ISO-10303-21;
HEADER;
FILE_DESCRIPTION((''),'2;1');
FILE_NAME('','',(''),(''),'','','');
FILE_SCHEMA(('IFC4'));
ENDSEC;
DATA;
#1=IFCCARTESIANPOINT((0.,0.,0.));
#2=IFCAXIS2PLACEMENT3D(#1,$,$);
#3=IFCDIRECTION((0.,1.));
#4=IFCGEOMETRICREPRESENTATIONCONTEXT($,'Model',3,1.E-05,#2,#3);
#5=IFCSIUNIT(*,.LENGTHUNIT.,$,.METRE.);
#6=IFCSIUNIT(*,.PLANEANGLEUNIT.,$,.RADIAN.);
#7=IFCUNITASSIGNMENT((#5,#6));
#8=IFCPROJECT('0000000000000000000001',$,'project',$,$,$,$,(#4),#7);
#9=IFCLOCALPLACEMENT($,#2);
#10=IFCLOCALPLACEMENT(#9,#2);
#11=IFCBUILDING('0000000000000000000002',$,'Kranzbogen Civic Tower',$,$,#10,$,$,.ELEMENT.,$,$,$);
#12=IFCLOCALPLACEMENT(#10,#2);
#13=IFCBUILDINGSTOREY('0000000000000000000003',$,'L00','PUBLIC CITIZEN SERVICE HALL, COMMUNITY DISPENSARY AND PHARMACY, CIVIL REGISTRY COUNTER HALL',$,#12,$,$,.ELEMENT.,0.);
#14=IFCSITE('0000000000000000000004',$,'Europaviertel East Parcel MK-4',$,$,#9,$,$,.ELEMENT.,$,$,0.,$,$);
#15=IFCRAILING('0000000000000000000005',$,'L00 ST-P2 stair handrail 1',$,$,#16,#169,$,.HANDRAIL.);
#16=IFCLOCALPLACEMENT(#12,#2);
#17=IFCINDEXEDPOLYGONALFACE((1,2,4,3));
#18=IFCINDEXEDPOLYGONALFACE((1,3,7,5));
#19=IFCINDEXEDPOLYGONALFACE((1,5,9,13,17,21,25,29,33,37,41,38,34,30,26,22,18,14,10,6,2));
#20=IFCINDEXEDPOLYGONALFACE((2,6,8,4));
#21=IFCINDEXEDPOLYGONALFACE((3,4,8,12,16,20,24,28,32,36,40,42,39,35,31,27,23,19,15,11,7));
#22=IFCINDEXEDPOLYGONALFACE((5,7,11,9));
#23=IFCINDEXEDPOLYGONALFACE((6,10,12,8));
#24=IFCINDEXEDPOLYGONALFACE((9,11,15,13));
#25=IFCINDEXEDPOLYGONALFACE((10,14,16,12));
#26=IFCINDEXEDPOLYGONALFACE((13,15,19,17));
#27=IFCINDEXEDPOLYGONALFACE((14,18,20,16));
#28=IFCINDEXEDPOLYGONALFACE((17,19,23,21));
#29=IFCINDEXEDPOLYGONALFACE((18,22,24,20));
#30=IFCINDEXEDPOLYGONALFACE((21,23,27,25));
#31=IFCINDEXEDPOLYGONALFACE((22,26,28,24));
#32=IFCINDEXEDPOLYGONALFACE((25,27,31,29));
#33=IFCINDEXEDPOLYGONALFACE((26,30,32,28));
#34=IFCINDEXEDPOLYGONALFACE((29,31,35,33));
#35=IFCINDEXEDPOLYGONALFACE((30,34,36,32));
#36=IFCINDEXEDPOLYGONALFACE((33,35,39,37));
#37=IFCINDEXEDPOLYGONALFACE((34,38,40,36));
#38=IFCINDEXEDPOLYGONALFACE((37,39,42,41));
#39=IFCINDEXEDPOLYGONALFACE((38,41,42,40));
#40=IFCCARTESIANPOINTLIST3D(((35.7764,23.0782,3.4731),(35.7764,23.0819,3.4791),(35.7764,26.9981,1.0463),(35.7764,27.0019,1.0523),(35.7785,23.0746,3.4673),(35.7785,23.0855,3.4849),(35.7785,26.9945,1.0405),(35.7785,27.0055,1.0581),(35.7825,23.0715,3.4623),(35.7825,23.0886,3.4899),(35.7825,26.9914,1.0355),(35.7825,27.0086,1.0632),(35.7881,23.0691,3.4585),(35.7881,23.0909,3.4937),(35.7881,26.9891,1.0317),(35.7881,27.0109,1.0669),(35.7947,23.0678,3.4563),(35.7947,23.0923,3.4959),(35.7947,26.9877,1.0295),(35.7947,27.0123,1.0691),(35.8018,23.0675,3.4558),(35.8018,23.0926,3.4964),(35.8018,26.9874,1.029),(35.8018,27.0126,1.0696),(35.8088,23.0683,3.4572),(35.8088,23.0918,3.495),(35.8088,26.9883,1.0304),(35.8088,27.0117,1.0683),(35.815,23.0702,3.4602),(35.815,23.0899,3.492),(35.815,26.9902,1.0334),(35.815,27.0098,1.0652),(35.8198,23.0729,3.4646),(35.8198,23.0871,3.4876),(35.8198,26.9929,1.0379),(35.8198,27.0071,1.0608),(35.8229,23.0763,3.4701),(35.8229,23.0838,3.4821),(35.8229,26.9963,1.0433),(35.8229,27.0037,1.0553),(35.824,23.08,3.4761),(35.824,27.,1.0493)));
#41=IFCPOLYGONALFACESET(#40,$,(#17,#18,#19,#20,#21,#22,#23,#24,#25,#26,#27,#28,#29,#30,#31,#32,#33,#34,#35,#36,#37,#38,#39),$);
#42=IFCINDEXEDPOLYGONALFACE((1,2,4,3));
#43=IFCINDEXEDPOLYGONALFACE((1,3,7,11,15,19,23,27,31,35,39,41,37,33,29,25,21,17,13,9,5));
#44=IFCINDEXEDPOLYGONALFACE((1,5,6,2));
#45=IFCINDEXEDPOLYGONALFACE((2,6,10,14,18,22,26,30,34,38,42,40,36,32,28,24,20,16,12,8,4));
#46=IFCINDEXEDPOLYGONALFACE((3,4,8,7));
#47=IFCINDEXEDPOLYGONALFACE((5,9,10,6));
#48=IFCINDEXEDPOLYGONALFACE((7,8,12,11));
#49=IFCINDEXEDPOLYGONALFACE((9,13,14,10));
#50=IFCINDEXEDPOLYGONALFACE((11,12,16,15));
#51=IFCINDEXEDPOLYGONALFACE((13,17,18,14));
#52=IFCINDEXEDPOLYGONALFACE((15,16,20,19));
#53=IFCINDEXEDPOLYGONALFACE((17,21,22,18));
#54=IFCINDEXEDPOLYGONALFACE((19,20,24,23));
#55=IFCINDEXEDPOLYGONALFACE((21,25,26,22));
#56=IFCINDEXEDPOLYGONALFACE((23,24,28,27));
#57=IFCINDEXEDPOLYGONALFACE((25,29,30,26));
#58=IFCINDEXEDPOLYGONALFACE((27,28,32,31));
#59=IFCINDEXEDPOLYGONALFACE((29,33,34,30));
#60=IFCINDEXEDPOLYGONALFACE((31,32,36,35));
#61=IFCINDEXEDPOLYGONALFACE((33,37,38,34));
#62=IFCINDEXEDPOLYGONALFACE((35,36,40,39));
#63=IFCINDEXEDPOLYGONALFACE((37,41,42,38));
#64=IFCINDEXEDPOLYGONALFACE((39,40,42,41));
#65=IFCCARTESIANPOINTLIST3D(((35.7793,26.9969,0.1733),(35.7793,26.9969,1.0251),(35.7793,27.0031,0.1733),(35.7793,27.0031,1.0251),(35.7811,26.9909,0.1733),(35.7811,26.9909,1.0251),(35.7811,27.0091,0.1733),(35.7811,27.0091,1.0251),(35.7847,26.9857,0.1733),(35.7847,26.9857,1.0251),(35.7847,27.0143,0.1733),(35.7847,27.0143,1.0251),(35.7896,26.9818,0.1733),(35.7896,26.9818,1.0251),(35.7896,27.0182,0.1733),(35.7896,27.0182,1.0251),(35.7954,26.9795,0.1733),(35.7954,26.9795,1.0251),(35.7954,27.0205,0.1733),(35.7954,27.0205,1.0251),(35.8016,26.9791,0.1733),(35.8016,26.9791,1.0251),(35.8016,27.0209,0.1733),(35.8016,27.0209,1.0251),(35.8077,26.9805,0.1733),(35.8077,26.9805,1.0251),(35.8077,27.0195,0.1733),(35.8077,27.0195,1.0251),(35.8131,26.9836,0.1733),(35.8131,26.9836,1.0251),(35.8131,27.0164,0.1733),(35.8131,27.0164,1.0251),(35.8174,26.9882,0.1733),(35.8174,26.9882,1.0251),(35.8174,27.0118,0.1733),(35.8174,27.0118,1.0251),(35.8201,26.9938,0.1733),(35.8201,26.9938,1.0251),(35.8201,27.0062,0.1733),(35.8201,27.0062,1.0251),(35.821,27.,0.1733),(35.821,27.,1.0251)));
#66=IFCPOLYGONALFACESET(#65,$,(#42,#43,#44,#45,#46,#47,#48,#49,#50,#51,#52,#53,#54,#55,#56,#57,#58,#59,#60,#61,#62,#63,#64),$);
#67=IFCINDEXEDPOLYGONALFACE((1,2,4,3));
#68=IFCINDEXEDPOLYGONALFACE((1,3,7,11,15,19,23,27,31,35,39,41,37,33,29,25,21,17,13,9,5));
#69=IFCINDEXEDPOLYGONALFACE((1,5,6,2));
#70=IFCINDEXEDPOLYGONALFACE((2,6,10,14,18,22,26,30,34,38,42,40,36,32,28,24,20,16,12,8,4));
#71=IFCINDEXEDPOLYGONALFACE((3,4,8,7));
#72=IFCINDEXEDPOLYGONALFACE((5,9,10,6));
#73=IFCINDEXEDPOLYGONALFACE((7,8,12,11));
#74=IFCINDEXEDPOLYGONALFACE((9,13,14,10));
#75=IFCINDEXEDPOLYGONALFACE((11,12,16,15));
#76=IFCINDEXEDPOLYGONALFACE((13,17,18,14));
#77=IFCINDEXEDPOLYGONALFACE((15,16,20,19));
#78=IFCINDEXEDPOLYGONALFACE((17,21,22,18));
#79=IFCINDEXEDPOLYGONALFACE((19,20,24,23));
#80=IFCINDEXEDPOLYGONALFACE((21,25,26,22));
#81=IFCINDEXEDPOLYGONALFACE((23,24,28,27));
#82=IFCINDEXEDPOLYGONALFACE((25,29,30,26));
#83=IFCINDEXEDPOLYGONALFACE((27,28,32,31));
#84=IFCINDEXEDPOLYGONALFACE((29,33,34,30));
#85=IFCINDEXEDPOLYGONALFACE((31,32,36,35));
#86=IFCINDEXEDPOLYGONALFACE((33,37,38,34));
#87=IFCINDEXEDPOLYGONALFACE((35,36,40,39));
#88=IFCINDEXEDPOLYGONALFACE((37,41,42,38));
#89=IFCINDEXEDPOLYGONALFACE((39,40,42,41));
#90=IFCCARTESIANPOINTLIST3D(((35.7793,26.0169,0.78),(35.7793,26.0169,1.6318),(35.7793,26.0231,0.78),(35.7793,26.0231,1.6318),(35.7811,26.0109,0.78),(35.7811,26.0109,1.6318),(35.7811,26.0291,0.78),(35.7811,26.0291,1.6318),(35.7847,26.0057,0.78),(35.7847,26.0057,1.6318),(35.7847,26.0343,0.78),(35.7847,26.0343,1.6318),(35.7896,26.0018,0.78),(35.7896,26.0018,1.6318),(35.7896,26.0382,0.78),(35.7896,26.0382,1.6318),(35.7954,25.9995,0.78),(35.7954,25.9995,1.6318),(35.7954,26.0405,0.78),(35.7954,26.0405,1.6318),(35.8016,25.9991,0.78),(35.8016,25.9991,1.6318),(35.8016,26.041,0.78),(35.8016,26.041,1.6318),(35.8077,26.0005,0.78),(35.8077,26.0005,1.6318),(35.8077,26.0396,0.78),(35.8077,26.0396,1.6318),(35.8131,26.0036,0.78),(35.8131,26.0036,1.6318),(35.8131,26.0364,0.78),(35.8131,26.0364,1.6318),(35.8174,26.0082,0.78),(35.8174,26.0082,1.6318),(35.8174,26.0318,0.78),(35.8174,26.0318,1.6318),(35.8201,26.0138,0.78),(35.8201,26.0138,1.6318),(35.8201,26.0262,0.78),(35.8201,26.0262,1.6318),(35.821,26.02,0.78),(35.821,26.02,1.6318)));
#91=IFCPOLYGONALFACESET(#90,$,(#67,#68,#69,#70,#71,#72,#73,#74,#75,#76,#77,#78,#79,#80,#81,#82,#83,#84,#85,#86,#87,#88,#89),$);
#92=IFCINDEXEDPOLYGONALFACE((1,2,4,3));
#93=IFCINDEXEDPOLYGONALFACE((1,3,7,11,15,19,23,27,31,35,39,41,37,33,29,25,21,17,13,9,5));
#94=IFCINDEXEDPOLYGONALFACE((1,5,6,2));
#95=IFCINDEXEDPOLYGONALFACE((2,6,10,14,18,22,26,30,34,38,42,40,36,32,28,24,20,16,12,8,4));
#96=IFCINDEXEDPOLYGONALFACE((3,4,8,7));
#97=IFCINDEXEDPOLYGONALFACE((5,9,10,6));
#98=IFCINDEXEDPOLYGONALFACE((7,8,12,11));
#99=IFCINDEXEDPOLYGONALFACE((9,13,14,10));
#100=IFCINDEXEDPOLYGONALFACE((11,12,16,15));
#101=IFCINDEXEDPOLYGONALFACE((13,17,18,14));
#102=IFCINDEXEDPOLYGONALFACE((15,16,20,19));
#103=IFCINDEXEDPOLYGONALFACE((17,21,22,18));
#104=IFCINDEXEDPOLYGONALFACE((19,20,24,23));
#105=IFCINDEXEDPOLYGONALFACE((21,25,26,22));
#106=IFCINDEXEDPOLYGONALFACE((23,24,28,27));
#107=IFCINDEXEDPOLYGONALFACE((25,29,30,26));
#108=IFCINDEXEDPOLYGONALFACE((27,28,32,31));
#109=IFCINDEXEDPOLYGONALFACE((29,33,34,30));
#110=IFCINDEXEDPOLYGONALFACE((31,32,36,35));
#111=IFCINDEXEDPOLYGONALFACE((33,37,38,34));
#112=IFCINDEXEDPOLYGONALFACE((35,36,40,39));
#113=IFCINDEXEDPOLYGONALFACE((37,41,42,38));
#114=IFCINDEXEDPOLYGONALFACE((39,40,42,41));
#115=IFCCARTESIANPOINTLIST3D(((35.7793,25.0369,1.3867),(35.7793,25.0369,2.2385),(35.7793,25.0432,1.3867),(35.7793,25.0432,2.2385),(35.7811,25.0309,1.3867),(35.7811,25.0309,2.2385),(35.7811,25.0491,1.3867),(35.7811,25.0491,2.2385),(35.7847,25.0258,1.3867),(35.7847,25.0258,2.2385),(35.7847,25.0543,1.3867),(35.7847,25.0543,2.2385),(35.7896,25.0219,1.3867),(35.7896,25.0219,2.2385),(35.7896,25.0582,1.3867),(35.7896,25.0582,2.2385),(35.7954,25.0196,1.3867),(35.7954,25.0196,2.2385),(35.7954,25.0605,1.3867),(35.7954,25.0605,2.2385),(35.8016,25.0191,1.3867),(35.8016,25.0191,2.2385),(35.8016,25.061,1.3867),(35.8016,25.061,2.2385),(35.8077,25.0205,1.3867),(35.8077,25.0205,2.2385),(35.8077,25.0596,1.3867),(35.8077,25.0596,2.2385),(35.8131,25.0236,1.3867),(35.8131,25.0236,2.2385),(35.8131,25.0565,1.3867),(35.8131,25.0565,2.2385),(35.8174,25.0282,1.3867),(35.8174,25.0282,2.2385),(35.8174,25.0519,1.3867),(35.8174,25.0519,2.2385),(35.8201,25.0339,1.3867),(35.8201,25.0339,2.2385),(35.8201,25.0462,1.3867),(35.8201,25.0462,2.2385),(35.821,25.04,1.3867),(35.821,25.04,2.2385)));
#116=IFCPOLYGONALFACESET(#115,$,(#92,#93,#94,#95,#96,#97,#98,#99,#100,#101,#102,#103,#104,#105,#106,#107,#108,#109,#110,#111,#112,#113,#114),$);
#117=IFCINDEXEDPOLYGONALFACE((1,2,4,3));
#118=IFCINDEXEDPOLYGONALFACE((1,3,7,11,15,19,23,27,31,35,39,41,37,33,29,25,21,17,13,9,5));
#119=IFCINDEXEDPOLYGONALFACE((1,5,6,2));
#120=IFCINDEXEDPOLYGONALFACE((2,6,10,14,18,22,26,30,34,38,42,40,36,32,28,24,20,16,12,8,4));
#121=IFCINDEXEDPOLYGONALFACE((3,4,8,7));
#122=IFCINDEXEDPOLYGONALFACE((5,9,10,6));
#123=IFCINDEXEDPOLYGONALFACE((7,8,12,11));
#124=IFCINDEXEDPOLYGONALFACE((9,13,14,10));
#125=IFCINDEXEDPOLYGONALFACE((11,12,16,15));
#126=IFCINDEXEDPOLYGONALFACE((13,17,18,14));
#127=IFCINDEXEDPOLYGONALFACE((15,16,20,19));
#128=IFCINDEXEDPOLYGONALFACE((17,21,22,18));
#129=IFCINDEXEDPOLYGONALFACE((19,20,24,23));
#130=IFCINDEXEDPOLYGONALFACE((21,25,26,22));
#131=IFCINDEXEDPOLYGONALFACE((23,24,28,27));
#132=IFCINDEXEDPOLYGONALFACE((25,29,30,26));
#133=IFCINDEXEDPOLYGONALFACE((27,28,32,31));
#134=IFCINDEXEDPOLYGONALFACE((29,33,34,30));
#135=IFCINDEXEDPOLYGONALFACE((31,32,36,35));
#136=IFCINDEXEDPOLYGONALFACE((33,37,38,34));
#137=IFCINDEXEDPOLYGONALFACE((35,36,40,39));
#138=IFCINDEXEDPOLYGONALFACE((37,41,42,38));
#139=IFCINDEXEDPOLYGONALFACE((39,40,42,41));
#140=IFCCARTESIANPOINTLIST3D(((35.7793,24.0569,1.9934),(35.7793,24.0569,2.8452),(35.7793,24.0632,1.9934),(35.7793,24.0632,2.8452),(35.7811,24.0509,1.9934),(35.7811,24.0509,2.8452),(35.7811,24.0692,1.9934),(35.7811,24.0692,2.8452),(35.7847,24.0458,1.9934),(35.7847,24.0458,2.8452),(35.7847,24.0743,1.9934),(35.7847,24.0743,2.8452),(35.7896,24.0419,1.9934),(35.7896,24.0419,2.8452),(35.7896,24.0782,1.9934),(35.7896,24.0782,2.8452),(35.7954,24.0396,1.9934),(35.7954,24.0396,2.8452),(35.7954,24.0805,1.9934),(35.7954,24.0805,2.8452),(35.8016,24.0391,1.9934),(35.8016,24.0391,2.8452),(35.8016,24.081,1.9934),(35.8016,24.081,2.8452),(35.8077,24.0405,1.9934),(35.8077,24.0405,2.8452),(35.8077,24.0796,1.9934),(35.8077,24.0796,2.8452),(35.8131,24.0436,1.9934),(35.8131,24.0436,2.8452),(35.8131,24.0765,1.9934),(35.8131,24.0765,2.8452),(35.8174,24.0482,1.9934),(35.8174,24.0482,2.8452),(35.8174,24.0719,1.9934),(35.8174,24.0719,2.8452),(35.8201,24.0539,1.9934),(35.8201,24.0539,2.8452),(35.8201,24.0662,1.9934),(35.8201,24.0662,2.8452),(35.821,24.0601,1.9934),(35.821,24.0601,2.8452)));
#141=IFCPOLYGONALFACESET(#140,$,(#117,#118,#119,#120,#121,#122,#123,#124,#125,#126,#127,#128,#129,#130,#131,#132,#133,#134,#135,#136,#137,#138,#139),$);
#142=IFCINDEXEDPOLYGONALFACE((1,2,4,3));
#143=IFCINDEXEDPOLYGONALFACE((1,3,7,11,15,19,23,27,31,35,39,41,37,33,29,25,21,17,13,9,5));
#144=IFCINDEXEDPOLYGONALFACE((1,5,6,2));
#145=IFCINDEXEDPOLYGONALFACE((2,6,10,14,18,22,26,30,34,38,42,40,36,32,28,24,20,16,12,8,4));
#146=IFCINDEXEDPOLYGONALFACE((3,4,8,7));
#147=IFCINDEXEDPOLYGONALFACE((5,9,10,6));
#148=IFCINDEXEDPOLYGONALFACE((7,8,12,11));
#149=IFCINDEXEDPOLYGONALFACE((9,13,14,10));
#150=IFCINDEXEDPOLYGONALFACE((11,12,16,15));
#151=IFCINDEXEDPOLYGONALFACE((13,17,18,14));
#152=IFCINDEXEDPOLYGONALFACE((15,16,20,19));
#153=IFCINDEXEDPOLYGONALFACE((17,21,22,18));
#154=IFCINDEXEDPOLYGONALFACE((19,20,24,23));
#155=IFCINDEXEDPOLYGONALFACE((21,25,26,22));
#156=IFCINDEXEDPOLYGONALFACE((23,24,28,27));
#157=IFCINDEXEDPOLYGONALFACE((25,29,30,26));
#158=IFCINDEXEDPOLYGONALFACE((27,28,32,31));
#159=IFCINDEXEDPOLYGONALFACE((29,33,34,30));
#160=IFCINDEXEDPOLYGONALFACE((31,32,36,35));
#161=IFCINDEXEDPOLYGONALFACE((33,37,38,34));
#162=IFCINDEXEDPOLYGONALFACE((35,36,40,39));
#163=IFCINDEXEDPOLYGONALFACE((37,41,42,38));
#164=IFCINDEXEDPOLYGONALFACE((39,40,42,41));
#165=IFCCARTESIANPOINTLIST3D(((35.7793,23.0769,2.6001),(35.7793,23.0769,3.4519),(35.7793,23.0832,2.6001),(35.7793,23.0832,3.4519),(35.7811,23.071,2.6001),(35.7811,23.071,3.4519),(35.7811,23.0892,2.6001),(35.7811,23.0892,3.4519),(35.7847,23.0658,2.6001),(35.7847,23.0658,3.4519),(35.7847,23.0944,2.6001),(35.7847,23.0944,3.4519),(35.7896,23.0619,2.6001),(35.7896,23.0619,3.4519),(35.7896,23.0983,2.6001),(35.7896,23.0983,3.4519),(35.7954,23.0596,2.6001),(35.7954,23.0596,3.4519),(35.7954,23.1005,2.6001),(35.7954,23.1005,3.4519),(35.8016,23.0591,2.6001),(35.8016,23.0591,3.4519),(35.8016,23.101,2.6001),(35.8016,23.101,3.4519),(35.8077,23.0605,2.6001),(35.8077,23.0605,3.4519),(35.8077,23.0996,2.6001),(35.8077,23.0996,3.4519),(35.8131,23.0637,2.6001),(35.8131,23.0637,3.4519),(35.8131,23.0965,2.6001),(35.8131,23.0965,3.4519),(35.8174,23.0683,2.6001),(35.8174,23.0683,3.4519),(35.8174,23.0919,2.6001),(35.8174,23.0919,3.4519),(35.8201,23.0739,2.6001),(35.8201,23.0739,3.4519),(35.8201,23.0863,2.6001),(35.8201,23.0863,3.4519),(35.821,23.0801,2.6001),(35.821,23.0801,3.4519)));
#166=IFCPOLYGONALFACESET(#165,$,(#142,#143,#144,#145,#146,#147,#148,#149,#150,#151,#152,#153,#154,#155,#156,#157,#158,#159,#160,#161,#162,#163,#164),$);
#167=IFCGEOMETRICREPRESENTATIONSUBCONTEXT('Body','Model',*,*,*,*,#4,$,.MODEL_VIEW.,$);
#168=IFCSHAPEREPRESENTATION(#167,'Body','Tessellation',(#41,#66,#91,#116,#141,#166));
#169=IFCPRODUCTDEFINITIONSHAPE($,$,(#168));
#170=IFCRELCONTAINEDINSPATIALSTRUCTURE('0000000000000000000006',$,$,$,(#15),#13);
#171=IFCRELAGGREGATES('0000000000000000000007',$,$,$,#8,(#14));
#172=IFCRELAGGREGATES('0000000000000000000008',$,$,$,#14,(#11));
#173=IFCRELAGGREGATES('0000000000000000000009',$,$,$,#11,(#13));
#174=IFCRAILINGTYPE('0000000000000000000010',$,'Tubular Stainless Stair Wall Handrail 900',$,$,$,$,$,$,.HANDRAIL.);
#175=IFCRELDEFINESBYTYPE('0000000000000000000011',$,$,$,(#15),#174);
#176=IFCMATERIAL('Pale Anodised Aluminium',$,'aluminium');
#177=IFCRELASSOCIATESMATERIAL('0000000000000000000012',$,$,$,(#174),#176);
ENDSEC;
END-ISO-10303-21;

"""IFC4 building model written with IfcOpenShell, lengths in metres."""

from ifc_helpers import new_model, si_unit, direction, frame, origin, origin_2d, place, context, subcontext, project, spatial, circle, extrude, material, type_object, element, save


model = new_model("IFC4")

# Units and contexts
model_context = context("Model", 3, precision=1e-05, world=origin(), true_north=direction((0.0, 1.0)))
body_context = subcontext(model_context, "Body", "Model", "MODEL_VIEW")
ifc_project = project(units=[si_unit("LENGTHUNIT", "METRE"), si_unit("PLANEANGLEUNIT", "RADIAN")], contexts=[model_context])

# Site, building, storey
site_placement = place(None, origin())
site = spatial("IfcSite", under=ifc_project, at=site_placement, Name="Europaviertel East Parcel MK-4", CompositionType="ELEMENT", RefElevation=0.0)
building_placement = place(site_placement, origin())
building = spatial("IfcBuilding", under=site, at=building_placement, Name="Kranzbogen Civic Tower", CompositionType="ELEMENT")
storey_placement = place(building_placement, origin())
storey = spatial("IfcBuildingStorey", under=building, at=storey_placement, Name="L00", Description="PUBLIC CITIZEN SERVICE HALL, COMMUNITY DISPENSARY AND PHARMACY, CIVIL REGISTRY COUNTER HALL", CompositionType="ELEMENT", Elevation=0.0)

# Shared definitions
ifc_material_1 = material(Name="Pale Anodised Aluminium", Category="aluminium")

# Railing
railing_type_1 = type_object("IfcRailingType", Name="Tubular Stainless Stair Wall Handrail 900", PredefinedType="HANDRAIL", material=ifc_material_1)
railing_1_placement = place(storey_placement, frame((35.8, 27.0, 0.1733)))
element("IfcRailing", 1, at=railing_1_placement, inside=storey, type_object=railing_type_1, Name="L00 ST-P2 stair handrail 1", PredefinedType="HANDRAIL", context=body_context, shape_type="SweptSolid", body=[
    extrude(circle(Radius=0.0239, at=origin_2d()), frame((0.0, 0.0, 0.876), z_axis=(0.0, -0.850252, 0.526376), x_axis=(1.0, 0.0, 0.0)), (0.0, 0.0, 1.0), 4.6104),
    extrude(circle(Radius=0.021, at=origin_2d()), origin(), (0.0, 0.0, 1.0), 0.8518),
    extrude(circle(Radius=0.021, at=origin_2d()), frame((0.0, -0.98, 0.6067)), (0.0, 0.0, 1.0), 0.8518),
    extrude(circle(Radius=0.021, at=origin_2d()), frame((0.0, -1.96, 1.2134)), (0.0, 0.0, 1.0), 0.8518),
    extrude(circle(Radius=0.021, at=origin_2d()), frame((0.0, -2.9399, 1.8201)), (0.0, 0.0, 1.0), 0.8518),
    extrude(circle(Radius=0.021, at=origin_2d()), frame((0.0, -3.9199, 2.4268)), (0.0, 0.0, 1.0), 0.8518),
])

save(model, "model.ifc")
